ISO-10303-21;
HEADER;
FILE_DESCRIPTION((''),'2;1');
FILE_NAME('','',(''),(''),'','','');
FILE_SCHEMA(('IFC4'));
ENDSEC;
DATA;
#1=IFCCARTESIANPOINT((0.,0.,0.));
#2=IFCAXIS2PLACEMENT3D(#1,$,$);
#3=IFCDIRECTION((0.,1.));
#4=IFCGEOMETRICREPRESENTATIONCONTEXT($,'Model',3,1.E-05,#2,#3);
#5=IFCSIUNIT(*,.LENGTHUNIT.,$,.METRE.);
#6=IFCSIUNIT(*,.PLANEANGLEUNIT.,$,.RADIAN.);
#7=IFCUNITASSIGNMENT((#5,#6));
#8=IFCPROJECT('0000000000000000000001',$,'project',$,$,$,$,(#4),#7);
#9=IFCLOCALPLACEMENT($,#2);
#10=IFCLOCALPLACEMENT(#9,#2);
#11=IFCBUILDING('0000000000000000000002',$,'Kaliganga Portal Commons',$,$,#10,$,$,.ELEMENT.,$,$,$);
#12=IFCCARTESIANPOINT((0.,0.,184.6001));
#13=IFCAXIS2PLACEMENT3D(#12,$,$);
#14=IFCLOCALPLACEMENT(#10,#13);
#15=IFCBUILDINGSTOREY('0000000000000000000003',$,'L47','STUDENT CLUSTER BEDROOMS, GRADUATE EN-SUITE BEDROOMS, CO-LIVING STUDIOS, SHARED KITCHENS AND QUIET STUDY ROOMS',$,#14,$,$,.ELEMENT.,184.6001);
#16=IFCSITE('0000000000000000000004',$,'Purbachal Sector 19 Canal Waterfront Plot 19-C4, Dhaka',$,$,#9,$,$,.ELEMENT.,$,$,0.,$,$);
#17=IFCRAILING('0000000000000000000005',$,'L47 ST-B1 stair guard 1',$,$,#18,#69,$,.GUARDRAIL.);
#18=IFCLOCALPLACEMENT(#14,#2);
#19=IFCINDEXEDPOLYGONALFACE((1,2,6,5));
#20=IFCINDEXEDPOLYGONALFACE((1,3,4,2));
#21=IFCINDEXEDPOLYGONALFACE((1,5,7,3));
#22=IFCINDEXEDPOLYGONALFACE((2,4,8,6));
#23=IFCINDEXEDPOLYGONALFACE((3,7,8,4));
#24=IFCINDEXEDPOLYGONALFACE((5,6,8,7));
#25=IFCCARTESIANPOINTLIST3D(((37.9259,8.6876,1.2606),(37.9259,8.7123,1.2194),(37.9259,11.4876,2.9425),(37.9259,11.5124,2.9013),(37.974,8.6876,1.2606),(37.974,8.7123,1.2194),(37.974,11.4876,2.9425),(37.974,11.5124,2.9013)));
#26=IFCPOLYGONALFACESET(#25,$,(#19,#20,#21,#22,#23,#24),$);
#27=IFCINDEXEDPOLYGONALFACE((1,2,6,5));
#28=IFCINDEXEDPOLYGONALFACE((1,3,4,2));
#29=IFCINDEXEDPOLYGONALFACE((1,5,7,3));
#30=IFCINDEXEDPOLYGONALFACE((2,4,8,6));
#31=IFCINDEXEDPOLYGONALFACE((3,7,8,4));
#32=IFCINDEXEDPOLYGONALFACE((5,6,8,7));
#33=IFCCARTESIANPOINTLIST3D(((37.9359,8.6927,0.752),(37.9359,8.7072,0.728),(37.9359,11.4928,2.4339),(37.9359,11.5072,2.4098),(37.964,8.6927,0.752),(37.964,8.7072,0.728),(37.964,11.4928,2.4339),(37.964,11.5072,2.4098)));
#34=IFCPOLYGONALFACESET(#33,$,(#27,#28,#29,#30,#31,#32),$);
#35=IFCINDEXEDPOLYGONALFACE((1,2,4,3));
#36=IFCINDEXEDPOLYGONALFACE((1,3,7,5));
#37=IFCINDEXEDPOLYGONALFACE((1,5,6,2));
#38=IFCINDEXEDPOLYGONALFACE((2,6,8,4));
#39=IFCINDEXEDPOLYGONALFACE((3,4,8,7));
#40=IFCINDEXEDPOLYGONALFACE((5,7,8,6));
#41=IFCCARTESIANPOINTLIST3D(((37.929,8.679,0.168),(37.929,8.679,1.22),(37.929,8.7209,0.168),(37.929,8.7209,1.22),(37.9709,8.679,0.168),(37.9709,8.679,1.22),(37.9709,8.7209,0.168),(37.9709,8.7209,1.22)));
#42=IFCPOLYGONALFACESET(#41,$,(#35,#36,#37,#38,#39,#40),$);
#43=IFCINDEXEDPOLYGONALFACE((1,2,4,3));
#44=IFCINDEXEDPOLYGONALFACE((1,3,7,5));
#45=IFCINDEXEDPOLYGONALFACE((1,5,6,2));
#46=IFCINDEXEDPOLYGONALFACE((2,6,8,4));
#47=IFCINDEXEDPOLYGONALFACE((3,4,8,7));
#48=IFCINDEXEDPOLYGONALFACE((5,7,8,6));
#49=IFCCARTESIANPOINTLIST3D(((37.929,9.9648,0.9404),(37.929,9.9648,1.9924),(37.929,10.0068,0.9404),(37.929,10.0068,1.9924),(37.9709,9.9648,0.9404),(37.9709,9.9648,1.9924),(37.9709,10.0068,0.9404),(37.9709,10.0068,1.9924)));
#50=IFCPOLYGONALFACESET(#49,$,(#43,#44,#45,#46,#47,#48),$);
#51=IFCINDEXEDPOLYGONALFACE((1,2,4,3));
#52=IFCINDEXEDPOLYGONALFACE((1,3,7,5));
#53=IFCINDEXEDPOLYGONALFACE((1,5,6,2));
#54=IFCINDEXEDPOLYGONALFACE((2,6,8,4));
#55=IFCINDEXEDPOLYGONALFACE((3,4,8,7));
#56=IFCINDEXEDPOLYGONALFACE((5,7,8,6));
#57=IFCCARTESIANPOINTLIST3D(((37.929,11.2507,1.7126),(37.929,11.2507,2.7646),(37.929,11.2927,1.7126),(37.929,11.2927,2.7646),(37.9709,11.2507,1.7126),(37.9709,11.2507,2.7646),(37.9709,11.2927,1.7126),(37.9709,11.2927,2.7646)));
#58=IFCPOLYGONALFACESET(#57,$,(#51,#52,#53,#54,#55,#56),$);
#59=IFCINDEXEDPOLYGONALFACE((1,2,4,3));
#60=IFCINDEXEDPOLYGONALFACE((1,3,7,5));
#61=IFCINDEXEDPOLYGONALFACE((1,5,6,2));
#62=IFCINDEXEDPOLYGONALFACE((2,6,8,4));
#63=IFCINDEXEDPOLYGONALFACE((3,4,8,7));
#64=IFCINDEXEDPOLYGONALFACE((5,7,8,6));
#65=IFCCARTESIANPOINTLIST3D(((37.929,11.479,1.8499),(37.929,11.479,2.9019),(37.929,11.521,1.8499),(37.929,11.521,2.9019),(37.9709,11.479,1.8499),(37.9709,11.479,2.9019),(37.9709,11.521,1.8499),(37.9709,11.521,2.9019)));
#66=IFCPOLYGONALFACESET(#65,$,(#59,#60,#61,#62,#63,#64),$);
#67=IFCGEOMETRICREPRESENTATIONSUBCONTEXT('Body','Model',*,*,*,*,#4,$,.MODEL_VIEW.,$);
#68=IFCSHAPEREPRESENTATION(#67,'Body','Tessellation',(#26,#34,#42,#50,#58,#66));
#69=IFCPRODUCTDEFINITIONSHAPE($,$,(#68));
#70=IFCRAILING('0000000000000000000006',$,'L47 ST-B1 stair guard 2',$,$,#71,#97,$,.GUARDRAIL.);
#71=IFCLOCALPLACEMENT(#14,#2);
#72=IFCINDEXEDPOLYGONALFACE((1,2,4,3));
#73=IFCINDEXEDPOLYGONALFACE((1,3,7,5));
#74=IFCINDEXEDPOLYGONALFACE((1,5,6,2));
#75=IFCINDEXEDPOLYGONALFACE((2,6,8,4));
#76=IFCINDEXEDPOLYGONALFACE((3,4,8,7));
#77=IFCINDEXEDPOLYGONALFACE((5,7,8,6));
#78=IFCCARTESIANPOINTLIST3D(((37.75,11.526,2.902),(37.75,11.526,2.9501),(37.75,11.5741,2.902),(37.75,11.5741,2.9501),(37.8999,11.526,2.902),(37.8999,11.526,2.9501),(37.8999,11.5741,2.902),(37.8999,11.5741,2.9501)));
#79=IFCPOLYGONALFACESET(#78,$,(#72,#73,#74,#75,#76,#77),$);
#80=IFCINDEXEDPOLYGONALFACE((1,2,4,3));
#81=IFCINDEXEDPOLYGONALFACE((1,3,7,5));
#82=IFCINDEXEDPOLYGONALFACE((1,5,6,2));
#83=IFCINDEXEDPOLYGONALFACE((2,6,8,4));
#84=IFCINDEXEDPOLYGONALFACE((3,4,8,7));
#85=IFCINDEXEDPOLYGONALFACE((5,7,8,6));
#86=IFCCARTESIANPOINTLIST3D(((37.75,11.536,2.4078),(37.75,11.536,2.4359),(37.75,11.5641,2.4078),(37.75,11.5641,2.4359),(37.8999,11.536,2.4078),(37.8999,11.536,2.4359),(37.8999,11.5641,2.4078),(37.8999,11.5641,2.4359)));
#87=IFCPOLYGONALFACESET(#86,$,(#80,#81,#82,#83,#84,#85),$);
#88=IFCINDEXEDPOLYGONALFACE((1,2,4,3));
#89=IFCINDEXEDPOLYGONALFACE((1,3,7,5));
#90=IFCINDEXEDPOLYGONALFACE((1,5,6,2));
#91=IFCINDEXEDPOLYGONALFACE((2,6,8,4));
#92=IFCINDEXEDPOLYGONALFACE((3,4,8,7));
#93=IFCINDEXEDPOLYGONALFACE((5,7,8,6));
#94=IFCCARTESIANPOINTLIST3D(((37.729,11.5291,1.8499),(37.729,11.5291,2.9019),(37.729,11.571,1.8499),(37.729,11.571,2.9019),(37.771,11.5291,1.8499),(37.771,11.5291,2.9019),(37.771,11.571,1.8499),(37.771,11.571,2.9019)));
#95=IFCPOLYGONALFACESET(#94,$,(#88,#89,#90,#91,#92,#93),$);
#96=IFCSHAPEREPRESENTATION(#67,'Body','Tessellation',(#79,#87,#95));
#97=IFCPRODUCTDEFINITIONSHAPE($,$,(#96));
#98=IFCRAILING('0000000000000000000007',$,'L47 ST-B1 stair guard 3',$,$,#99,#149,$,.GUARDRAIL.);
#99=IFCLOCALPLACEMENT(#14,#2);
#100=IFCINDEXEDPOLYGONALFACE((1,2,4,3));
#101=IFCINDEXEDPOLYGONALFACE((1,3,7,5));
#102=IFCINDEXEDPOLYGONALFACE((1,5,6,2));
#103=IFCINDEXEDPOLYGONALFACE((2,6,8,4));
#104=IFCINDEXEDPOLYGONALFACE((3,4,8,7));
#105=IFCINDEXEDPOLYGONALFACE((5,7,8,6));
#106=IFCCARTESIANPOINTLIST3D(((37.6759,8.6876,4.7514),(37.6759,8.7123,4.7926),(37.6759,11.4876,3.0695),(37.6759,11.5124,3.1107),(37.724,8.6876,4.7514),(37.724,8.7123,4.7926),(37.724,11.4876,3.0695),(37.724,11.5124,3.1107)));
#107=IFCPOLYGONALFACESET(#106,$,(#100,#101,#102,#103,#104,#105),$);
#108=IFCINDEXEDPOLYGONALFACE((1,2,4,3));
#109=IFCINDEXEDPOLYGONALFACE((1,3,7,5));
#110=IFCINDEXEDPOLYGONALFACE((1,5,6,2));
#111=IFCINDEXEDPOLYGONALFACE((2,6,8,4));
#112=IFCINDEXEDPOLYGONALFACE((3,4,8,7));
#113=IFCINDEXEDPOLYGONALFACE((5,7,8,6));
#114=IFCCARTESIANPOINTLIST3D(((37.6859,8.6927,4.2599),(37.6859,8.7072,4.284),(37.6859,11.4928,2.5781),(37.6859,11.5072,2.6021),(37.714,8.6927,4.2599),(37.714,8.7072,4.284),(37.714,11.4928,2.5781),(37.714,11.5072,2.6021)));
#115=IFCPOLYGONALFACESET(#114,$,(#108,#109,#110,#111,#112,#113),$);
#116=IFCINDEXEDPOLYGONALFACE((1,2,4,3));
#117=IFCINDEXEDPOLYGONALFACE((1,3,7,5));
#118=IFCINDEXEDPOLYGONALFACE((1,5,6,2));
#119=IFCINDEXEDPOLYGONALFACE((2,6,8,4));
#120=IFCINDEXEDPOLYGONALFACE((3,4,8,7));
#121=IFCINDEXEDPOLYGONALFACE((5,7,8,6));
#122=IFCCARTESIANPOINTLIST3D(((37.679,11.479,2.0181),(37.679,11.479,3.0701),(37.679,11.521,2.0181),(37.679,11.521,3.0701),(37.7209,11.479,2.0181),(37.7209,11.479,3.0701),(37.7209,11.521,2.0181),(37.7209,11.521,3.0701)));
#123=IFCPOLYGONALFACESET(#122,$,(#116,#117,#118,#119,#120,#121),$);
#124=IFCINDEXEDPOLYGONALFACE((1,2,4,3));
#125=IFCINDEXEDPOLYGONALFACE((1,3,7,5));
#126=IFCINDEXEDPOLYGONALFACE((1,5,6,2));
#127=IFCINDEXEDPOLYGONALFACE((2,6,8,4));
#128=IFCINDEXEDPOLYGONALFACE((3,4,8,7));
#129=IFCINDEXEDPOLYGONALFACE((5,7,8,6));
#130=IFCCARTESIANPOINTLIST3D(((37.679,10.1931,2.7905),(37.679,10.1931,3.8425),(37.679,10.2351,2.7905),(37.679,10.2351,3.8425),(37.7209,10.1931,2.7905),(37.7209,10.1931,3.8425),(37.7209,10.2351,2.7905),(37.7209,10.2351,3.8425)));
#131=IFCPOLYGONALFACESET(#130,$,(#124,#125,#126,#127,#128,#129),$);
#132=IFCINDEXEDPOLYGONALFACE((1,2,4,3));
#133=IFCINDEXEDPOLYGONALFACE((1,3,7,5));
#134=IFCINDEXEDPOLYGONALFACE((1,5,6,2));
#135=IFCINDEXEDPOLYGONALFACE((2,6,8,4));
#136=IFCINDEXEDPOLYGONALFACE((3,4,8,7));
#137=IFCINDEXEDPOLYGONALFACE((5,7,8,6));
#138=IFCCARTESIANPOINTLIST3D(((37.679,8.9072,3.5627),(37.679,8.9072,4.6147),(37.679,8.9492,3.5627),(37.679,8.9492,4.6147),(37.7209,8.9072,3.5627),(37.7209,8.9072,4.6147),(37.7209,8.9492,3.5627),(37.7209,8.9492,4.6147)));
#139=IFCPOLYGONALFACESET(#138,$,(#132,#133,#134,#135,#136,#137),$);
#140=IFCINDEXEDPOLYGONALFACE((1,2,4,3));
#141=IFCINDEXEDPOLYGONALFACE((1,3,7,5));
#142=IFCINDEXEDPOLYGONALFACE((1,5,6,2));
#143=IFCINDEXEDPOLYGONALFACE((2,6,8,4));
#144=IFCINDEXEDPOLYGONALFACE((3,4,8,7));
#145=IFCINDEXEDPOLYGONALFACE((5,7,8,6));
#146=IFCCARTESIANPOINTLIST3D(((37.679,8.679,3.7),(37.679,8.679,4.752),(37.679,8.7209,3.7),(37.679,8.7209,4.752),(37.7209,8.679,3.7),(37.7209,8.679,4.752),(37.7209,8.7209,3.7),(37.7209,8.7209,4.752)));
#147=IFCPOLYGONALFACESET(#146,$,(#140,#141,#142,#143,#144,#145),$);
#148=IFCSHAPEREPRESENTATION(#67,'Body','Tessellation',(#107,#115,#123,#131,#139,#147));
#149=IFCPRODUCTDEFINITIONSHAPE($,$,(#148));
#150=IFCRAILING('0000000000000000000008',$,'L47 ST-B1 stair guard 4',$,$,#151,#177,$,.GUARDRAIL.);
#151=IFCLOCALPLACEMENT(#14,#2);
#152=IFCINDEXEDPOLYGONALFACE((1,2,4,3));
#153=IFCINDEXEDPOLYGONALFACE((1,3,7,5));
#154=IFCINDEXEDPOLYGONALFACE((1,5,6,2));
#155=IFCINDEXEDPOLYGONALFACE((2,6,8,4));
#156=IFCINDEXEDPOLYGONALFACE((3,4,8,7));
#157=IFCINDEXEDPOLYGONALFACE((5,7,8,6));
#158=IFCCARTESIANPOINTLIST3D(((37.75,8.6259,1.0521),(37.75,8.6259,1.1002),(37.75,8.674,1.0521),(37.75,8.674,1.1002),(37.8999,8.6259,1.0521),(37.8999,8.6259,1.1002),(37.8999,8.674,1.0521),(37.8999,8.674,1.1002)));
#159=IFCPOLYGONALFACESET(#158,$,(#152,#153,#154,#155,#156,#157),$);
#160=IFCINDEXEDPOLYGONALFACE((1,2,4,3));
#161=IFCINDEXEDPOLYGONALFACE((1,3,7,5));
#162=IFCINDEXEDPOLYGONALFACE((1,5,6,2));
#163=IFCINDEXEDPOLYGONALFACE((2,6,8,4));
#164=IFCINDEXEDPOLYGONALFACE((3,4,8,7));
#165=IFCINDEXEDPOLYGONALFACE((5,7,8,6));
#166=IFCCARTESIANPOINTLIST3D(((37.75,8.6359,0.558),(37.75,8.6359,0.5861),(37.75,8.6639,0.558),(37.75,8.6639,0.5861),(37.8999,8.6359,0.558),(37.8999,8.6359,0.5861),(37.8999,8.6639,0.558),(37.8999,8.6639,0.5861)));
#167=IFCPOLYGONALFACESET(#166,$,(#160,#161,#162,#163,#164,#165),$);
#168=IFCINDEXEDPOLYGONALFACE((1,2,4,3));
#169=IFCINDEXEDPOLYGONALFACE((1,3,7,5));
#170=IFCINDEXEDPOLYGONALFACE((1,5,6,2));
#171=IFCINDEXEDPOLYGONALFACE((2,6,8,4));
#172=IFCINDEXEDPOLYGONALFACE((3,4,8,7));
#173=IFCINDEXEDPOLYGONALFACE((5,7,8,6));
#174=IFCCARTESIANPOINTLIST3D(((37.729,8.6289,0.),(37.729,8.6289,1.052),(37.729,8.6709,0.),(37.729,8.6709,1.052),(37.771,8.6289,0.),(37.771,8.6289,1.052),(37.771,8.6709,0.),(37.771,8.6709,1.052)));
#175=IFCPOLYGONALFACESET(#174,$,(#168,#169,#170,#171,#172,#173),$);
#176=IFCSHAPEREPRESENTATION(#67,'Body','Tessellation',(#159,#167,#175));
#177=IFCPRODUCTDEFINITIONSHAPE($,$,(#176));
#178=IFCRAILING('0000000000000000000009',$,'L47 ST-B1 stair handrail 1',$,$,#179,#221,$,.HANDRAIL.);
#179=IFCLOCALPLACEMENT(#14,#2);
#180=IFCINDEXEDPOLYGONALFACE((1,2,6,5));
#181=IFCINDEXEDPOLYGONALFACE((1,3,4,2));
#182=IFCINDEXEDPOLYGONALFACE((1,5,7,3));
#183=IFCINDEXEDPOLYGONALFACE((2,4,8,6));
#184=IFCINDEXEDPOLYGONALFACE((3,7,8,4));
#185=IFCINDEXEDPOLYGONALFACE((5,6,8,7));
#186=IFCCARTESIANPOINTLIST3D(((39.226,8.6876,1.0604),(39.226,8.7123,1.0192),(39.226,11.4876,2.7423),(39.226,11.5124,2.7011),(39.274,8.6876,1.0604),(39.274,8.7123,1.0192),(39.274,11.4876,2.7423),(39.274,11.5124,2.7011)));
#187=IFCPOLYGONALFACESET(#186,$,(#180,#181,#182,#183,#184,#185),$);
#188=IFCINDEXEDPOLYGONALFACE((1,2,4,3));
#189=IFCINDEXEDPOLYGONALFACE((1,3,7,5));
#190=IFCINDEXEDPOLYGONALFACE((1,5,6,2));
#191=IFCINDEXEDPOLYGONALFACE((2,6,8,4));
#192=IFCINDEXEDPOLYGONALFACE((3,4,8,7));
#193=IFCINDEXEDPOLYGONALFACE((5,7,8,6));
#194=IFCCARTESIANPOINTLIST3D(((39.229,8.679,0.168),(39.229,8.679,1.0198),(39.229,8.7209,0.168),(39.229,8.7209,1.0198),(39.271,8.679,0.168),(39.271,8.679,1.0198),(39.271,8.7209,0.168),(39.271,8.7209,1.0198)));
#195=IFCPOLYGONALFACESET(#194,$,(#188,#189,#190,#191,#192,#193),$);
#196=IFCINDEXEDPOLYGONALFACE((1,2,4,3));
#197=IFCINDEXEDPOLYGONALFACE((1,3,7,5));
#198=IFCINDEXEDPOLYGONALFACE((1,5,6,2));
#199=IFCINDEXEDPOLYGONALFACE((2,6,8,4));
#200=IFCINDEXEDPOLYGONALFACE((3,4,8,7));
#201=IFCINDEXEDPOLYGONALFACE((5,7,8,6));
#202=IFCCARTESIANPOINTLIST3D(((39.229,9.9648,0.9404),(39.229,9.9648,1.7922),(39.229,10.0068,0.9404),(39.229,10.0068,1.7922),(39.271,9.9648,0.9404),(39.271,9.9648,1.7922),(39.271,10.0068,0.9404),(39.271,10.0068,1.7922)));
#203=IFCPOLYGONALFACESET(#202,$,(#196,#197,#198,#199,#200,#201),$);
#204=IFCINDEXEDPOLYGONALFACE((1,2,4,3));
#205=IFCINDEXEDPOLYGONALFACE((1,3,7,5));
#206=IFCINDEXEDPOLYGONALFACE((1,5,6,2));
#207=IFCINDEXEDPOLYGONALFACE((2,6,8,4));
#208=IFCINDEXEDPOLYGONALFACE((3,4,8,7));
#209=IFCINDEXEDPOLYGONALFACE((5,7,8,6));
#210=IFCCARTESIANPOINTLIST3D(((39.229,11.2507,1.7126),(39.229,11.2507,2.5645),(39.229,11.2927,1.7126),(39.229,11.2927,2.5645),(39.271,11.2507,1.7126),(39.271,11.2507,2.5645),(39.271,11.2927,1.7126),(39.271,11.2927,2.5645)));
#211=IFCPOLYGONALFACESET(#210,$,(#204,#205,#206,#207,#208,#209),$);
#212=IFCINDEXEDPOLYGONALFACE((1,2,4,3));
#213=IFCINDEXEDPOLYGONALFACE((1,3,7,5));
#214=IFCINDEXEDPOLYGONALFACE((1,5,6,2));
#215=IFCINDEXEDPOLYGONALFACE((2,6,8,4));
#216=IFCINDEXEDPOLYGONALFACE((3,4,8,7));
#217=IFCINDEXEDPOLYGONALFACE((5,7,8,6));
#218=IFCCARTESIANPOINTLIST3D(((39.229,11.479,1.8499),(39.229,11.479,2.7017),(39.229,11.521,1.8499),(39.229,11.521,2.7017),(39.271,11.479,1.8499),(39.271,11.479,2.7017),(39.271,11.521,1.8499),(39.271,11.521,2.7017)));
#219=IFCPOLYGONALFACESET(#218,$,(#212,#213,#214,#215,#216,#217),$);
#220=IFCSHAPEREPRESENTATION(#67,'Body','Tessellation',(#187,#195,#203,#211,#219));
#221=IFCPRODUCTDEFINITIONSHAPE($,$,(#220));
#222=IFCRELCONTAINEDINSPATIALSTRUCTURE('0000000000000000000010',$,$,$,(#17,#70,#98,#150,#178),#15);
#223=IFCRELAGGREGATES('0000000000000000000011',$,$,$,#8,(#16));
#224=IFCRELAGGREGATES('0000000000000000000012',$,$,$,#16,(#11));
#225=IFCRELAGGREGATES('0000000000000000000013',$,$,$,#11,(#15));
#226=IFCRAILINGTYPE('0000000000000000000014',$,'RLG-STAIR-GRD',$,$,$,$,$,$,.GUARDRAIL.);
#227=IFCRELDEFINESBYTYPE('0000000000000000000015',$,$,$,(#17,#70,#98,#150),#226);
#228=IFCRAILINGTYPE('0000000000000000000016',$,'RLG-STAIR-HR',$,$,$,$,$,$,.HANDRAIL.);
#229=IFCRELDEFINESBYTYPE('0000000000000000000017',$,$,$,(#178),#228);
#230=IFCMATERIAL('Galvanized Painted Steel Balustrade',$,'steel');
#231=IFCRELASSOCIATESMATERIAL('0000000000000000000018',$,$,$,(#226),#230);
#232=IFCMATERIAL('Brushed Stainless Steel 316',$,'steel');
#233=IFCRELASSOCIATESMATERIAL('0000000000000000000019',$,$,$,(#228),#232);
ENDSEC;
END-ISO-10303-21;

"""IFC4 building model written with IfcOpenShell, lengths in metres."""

from ifc_helpers import new_model, si_unit, direction, frame, origin, origin_2d, place, context, subcontext, project, spatial, rectangle, extrude, material, type_object, element, save


model = new_model("IFC4")

# Units and contexts
model_context = context("Model", 3, precision=1e-05, world=origin(), true_north=direction((0.0, 1.0)))
body_context = subcontext(model_context, "Body", "Model", "MODEL_VIEW")
ifc_project = project(units=[si_unit("LENGTHUNIT", "METRE"), si_unit("PLANEANGLEUNIT", "RADIAN")], contexts=[model_context])

# Site, building, storey
site_placement = place(None, origin())
site = spatial("IfcSite", under=ifc_project, at=site_placement, Name="Purbachal Sector 19 Canal Waterfront Plot 19-C4, Dhaka", CompositionType="ELEMENT", RefElevation=0.0)
building_placement = place(site_placement, origin())
building = spatial("IfcBuilding", under=site, at=building_placement, Name="Kaliganga Portal Commons", CompositionType="ELEMENT")
storey_placement = place(building_placement, frame((0.0, 0.0, 184.6001)))
storey = spatial("IfcBuildingStorey", under=building, at=storey_placement, Name="L47", Description="STUDENT CLUSTER BEDROOMS, GRADUATE EN-SUITE BEDROOMS, CO-LIVING STUDIOS, SHARED KITCHENS AND QUIET STUDY ROOMS", CompositionType="ELEMENT", Elevation=184.6001)

# Railings
ifc_material_1 = material(Name="Galvanized Painted Steel Balustrade", Category="steel")
railing_type_1 = type_object("IfcRailingType", Name="RLG-STAIR-GRD", PredefinedType="GUARDRAIL", material=ifc_material_1)
railing_1_placement = place(storey_placement, frame((37.95, 8.7, 0.168)))
element("IfcRailing", 1, at=railing_1_placement, inside=storey, type_object=railing_type_1, Name="L47 ST-B1 stair guard 1", PredefinedType="GUARDRAIL", context=body_context, shape_type="SweptSolid", body=[
    extrude(rectangle(XDim=0.0481, YDim=0.0481, at=origin_2d()), frame((0.0, 0.0, 1.072), z_axis=(0.0, 0.857242, 0.514913), x_axis=(-1.0, 0.0, 0.0)), (0.0, 0.0, 1.0), 3.2664),
    extrude(rectangle(XDim=0.0281, YDim=0.0281, at=origin_2d()), frame((0.0, 0.0, 0.572), z_axis=(0.0, 0.857242, 0.514913), x_axis=(-1.0, 0.0, 0.0)), (0.0, 0.0, 1.0), 3.2664),
    extrude(rectangle(XDim=0.042, YDim=0.042, at=origin_2d()), origin(), (0.0, 0.0, 1.0), 1.052),
    extrude(rectangle(XDim=0.042, YDim=0.042, at=origin_2d()), frame((0.0, 1.2859, 0.7725)), (0.0, 0.0, 1.0), 1.052),
    extrude(rectangle(XDim=0.042, YDim=0.042, at=origin_2d()), frame((0.0, 2.5718, 1.5447)), (0.0, 0.0, 1.0), 1.052),
    extrude(rectangle(XDim=0.042, YDim=0.042, at=origin_2d()), frame((0.0, 2.8, 1.6819)), (0.0, 0.0, 1.0), 1.052),
])
railing_2_placement = place(storey_placement, frame((37.8999, 11.55, 1.8499)))
element("IfcRailing", 2, at=railing_2_placement, inside=storey, type_object=railing_type_1, Name="L47 ST-B1 stair guard 2", PredefinedType="GUARDRAIL", context=body_context, shape_type="SweptSolid", body=[
    extrude(rectangle(XDim=0.0481, YDim=0.0481, at=origin_2d()), frame((0.0, 0.0, 1.0762), z_axis=(-1.0, 0.0, 0.0), x_axis=(0.0, -1.0, 0.0)), (0.0, 0.0, 1.0), 0.1499),
    extrude(rectangle(XDim=0.0281, YDim=0.0281, at=origin_2d()), frame((0.0, 0.0, 0.572), z_axis=(-1.0, 0.0, 0.0), x_axis=(0.0, -1.0, 0.0)), (0.0, 0.0, 1.0), 0.1499),
    extrude(rectangle(XDim=0.042, YDim=0.042, at=origin_2d()), frame((-0.1499, 0.0, 0.0)), (0.0, 0.0, 1.0), 1.052),
])
railing_3_placement = place(storey_placement, frame((37.7, 11.5, 2.0181)))
element("IfcRailing", 3, at=railing_3_placement, inside=storey, type_object=railing_type_1, Name="L47 ST-B1 stair guard 3", PredefinedType="GUARDRAIL", context=body_context, shape_type="SweptSolid", body=[
    extrude(rectangle(XDim=0.0481, YDim=0.0481, at=origin_2d()), frame((0.0, 0.0, 1.072), z_axis=(0.0, -0.857242, 0.514913), x_axis=(1.0, 0.0, 0.0)), (0.0, 0.0, 1.0), 3.2664),
    extrude(rectangle(XDim=0.0281, YDim=0.0281, at=origin_2d()), frame((0.0, 0.0, 0.572), z_axis=(0.0, -0.857242, 0.514913), x_axis=(1.0, 0.0, 0.0)), (0.0, 0.0, 1.0), 3.2664),
    extrude(rectangle(XDim=0.042, YDim=0.042, at=origin_2d()), origin(), (0.0, 0.0, 1.0), 1.052),
    extrude(rectangle(XDim=0.042, YDim=0.042, at=origin_2d()), frame((0.0, -1.2859, 0.7725)), (0.0, 0.0, 1.0), 1.052),
    extrude(rectangle(XDim=0.042, YDim=0.042, at=origin_2d()), frame((0.0, -2.5718, 1.5447)), (0.0, 0.0, 1.0), 1.052),
    extrude(rectangle(XDim=0.042, YDim=0.042, at=origin_2d()), frame((0.0, -2.8, 1.6819)), (0.0, 0.0, 1.0), 1.052),
])
railing_4_placement = place(storey_placement, frame((37.8999, 8.6499, 0.0)))
element("IfcRailing", 4, at=railing_4_placement, inside=storey, type_object=railing_type_1, Name="L47 ST-B1 stair guard 4", PredefinedType="GUARDRAIL", context=body_context, shape_type="SweptSolid", body=[
    extrude(rectangle(XDim=0.0481, YDim=0.0481, at=origin_2d()), frame((0.0, 0.0, 1.0762), z_axis=(-1.0, 0.0, 0.0), x_axis=(0.0, -1.0, 0.0)), (0.0, 0.0, 1.0), 0.1499),
    extrude(rectangle(XDim=0.0281, YDim=0.0281, at=origin_2d()), frame((0.0, 0.0, 0.572), z_axis=(-1.0, 0.0, 0.0), x_axis=(0.0, -1.0, 0.0)), (0.0, 0.0, 1.0), 0.1499),
    extrude(rectangle(XDim=0.042, YDim=0.042, at=origin_2d()), frame((-0.1499, 0.0, 0.0)), (0.0, 0.0, 1.0), 1.052),
])
ifc_material_2 = material(Name="Brushed Stainless Steel 316", Category="steel")
railing_type_2 = type_object("IfcRailingType", Name="RLG-STAIR-HR", PredefinedType="HANDRAIL", material=ifc_material_2)
railing_5_placement = place(storey_placement, frame((39.25, 8.7, 0.168)))
element("IfcRailing", 5, at=railing_5_placement, inside=storey, type_object=railing_type_2, Name="L47 ST-B1 stair handrail 1", PredefinedType="HANDRAIL", context=body_context, shape_type="SweptSolid", body=[
    extrude(rectangle(XDim=0.0481, YDim=0.0481, at=origin_2d()), frame((0.0, 0.0, 0.8718), z_axis=(0.0, 0.857242, 0.514913), x_axis=(-1.0, 0.0, 0.0)), (0.0, 0.0, 1.0), 3.2664),
    extrude(rectangle(XDim=0.042, YDim=0.042, at=origin_2d()), origin(), (0.0, 0.0, 1.0), 0.8518),
    extrude(rectangle(XDim=0.042, YDim=0.042, at=origin_2d()), frame((0.0, 1.2859, 0.7725)), (0.0, 0.0, 1.0), 0.8518),
    extrude(rectangle(XDim=0.042, YDim=0.042, at=origin_2d()), frame((0.0, 2.5718, 1.5447)), (0.0, 0.0, 1.0), 0.8518),
    extrude(rectangle(XDim=0.042, YDim=0.042, at=origin_2d()), frame((0.0, 2.8, 1.6819)), (0.0, 0.0, 1.0), 0.8518),
])

save(model, "model.ifc")
